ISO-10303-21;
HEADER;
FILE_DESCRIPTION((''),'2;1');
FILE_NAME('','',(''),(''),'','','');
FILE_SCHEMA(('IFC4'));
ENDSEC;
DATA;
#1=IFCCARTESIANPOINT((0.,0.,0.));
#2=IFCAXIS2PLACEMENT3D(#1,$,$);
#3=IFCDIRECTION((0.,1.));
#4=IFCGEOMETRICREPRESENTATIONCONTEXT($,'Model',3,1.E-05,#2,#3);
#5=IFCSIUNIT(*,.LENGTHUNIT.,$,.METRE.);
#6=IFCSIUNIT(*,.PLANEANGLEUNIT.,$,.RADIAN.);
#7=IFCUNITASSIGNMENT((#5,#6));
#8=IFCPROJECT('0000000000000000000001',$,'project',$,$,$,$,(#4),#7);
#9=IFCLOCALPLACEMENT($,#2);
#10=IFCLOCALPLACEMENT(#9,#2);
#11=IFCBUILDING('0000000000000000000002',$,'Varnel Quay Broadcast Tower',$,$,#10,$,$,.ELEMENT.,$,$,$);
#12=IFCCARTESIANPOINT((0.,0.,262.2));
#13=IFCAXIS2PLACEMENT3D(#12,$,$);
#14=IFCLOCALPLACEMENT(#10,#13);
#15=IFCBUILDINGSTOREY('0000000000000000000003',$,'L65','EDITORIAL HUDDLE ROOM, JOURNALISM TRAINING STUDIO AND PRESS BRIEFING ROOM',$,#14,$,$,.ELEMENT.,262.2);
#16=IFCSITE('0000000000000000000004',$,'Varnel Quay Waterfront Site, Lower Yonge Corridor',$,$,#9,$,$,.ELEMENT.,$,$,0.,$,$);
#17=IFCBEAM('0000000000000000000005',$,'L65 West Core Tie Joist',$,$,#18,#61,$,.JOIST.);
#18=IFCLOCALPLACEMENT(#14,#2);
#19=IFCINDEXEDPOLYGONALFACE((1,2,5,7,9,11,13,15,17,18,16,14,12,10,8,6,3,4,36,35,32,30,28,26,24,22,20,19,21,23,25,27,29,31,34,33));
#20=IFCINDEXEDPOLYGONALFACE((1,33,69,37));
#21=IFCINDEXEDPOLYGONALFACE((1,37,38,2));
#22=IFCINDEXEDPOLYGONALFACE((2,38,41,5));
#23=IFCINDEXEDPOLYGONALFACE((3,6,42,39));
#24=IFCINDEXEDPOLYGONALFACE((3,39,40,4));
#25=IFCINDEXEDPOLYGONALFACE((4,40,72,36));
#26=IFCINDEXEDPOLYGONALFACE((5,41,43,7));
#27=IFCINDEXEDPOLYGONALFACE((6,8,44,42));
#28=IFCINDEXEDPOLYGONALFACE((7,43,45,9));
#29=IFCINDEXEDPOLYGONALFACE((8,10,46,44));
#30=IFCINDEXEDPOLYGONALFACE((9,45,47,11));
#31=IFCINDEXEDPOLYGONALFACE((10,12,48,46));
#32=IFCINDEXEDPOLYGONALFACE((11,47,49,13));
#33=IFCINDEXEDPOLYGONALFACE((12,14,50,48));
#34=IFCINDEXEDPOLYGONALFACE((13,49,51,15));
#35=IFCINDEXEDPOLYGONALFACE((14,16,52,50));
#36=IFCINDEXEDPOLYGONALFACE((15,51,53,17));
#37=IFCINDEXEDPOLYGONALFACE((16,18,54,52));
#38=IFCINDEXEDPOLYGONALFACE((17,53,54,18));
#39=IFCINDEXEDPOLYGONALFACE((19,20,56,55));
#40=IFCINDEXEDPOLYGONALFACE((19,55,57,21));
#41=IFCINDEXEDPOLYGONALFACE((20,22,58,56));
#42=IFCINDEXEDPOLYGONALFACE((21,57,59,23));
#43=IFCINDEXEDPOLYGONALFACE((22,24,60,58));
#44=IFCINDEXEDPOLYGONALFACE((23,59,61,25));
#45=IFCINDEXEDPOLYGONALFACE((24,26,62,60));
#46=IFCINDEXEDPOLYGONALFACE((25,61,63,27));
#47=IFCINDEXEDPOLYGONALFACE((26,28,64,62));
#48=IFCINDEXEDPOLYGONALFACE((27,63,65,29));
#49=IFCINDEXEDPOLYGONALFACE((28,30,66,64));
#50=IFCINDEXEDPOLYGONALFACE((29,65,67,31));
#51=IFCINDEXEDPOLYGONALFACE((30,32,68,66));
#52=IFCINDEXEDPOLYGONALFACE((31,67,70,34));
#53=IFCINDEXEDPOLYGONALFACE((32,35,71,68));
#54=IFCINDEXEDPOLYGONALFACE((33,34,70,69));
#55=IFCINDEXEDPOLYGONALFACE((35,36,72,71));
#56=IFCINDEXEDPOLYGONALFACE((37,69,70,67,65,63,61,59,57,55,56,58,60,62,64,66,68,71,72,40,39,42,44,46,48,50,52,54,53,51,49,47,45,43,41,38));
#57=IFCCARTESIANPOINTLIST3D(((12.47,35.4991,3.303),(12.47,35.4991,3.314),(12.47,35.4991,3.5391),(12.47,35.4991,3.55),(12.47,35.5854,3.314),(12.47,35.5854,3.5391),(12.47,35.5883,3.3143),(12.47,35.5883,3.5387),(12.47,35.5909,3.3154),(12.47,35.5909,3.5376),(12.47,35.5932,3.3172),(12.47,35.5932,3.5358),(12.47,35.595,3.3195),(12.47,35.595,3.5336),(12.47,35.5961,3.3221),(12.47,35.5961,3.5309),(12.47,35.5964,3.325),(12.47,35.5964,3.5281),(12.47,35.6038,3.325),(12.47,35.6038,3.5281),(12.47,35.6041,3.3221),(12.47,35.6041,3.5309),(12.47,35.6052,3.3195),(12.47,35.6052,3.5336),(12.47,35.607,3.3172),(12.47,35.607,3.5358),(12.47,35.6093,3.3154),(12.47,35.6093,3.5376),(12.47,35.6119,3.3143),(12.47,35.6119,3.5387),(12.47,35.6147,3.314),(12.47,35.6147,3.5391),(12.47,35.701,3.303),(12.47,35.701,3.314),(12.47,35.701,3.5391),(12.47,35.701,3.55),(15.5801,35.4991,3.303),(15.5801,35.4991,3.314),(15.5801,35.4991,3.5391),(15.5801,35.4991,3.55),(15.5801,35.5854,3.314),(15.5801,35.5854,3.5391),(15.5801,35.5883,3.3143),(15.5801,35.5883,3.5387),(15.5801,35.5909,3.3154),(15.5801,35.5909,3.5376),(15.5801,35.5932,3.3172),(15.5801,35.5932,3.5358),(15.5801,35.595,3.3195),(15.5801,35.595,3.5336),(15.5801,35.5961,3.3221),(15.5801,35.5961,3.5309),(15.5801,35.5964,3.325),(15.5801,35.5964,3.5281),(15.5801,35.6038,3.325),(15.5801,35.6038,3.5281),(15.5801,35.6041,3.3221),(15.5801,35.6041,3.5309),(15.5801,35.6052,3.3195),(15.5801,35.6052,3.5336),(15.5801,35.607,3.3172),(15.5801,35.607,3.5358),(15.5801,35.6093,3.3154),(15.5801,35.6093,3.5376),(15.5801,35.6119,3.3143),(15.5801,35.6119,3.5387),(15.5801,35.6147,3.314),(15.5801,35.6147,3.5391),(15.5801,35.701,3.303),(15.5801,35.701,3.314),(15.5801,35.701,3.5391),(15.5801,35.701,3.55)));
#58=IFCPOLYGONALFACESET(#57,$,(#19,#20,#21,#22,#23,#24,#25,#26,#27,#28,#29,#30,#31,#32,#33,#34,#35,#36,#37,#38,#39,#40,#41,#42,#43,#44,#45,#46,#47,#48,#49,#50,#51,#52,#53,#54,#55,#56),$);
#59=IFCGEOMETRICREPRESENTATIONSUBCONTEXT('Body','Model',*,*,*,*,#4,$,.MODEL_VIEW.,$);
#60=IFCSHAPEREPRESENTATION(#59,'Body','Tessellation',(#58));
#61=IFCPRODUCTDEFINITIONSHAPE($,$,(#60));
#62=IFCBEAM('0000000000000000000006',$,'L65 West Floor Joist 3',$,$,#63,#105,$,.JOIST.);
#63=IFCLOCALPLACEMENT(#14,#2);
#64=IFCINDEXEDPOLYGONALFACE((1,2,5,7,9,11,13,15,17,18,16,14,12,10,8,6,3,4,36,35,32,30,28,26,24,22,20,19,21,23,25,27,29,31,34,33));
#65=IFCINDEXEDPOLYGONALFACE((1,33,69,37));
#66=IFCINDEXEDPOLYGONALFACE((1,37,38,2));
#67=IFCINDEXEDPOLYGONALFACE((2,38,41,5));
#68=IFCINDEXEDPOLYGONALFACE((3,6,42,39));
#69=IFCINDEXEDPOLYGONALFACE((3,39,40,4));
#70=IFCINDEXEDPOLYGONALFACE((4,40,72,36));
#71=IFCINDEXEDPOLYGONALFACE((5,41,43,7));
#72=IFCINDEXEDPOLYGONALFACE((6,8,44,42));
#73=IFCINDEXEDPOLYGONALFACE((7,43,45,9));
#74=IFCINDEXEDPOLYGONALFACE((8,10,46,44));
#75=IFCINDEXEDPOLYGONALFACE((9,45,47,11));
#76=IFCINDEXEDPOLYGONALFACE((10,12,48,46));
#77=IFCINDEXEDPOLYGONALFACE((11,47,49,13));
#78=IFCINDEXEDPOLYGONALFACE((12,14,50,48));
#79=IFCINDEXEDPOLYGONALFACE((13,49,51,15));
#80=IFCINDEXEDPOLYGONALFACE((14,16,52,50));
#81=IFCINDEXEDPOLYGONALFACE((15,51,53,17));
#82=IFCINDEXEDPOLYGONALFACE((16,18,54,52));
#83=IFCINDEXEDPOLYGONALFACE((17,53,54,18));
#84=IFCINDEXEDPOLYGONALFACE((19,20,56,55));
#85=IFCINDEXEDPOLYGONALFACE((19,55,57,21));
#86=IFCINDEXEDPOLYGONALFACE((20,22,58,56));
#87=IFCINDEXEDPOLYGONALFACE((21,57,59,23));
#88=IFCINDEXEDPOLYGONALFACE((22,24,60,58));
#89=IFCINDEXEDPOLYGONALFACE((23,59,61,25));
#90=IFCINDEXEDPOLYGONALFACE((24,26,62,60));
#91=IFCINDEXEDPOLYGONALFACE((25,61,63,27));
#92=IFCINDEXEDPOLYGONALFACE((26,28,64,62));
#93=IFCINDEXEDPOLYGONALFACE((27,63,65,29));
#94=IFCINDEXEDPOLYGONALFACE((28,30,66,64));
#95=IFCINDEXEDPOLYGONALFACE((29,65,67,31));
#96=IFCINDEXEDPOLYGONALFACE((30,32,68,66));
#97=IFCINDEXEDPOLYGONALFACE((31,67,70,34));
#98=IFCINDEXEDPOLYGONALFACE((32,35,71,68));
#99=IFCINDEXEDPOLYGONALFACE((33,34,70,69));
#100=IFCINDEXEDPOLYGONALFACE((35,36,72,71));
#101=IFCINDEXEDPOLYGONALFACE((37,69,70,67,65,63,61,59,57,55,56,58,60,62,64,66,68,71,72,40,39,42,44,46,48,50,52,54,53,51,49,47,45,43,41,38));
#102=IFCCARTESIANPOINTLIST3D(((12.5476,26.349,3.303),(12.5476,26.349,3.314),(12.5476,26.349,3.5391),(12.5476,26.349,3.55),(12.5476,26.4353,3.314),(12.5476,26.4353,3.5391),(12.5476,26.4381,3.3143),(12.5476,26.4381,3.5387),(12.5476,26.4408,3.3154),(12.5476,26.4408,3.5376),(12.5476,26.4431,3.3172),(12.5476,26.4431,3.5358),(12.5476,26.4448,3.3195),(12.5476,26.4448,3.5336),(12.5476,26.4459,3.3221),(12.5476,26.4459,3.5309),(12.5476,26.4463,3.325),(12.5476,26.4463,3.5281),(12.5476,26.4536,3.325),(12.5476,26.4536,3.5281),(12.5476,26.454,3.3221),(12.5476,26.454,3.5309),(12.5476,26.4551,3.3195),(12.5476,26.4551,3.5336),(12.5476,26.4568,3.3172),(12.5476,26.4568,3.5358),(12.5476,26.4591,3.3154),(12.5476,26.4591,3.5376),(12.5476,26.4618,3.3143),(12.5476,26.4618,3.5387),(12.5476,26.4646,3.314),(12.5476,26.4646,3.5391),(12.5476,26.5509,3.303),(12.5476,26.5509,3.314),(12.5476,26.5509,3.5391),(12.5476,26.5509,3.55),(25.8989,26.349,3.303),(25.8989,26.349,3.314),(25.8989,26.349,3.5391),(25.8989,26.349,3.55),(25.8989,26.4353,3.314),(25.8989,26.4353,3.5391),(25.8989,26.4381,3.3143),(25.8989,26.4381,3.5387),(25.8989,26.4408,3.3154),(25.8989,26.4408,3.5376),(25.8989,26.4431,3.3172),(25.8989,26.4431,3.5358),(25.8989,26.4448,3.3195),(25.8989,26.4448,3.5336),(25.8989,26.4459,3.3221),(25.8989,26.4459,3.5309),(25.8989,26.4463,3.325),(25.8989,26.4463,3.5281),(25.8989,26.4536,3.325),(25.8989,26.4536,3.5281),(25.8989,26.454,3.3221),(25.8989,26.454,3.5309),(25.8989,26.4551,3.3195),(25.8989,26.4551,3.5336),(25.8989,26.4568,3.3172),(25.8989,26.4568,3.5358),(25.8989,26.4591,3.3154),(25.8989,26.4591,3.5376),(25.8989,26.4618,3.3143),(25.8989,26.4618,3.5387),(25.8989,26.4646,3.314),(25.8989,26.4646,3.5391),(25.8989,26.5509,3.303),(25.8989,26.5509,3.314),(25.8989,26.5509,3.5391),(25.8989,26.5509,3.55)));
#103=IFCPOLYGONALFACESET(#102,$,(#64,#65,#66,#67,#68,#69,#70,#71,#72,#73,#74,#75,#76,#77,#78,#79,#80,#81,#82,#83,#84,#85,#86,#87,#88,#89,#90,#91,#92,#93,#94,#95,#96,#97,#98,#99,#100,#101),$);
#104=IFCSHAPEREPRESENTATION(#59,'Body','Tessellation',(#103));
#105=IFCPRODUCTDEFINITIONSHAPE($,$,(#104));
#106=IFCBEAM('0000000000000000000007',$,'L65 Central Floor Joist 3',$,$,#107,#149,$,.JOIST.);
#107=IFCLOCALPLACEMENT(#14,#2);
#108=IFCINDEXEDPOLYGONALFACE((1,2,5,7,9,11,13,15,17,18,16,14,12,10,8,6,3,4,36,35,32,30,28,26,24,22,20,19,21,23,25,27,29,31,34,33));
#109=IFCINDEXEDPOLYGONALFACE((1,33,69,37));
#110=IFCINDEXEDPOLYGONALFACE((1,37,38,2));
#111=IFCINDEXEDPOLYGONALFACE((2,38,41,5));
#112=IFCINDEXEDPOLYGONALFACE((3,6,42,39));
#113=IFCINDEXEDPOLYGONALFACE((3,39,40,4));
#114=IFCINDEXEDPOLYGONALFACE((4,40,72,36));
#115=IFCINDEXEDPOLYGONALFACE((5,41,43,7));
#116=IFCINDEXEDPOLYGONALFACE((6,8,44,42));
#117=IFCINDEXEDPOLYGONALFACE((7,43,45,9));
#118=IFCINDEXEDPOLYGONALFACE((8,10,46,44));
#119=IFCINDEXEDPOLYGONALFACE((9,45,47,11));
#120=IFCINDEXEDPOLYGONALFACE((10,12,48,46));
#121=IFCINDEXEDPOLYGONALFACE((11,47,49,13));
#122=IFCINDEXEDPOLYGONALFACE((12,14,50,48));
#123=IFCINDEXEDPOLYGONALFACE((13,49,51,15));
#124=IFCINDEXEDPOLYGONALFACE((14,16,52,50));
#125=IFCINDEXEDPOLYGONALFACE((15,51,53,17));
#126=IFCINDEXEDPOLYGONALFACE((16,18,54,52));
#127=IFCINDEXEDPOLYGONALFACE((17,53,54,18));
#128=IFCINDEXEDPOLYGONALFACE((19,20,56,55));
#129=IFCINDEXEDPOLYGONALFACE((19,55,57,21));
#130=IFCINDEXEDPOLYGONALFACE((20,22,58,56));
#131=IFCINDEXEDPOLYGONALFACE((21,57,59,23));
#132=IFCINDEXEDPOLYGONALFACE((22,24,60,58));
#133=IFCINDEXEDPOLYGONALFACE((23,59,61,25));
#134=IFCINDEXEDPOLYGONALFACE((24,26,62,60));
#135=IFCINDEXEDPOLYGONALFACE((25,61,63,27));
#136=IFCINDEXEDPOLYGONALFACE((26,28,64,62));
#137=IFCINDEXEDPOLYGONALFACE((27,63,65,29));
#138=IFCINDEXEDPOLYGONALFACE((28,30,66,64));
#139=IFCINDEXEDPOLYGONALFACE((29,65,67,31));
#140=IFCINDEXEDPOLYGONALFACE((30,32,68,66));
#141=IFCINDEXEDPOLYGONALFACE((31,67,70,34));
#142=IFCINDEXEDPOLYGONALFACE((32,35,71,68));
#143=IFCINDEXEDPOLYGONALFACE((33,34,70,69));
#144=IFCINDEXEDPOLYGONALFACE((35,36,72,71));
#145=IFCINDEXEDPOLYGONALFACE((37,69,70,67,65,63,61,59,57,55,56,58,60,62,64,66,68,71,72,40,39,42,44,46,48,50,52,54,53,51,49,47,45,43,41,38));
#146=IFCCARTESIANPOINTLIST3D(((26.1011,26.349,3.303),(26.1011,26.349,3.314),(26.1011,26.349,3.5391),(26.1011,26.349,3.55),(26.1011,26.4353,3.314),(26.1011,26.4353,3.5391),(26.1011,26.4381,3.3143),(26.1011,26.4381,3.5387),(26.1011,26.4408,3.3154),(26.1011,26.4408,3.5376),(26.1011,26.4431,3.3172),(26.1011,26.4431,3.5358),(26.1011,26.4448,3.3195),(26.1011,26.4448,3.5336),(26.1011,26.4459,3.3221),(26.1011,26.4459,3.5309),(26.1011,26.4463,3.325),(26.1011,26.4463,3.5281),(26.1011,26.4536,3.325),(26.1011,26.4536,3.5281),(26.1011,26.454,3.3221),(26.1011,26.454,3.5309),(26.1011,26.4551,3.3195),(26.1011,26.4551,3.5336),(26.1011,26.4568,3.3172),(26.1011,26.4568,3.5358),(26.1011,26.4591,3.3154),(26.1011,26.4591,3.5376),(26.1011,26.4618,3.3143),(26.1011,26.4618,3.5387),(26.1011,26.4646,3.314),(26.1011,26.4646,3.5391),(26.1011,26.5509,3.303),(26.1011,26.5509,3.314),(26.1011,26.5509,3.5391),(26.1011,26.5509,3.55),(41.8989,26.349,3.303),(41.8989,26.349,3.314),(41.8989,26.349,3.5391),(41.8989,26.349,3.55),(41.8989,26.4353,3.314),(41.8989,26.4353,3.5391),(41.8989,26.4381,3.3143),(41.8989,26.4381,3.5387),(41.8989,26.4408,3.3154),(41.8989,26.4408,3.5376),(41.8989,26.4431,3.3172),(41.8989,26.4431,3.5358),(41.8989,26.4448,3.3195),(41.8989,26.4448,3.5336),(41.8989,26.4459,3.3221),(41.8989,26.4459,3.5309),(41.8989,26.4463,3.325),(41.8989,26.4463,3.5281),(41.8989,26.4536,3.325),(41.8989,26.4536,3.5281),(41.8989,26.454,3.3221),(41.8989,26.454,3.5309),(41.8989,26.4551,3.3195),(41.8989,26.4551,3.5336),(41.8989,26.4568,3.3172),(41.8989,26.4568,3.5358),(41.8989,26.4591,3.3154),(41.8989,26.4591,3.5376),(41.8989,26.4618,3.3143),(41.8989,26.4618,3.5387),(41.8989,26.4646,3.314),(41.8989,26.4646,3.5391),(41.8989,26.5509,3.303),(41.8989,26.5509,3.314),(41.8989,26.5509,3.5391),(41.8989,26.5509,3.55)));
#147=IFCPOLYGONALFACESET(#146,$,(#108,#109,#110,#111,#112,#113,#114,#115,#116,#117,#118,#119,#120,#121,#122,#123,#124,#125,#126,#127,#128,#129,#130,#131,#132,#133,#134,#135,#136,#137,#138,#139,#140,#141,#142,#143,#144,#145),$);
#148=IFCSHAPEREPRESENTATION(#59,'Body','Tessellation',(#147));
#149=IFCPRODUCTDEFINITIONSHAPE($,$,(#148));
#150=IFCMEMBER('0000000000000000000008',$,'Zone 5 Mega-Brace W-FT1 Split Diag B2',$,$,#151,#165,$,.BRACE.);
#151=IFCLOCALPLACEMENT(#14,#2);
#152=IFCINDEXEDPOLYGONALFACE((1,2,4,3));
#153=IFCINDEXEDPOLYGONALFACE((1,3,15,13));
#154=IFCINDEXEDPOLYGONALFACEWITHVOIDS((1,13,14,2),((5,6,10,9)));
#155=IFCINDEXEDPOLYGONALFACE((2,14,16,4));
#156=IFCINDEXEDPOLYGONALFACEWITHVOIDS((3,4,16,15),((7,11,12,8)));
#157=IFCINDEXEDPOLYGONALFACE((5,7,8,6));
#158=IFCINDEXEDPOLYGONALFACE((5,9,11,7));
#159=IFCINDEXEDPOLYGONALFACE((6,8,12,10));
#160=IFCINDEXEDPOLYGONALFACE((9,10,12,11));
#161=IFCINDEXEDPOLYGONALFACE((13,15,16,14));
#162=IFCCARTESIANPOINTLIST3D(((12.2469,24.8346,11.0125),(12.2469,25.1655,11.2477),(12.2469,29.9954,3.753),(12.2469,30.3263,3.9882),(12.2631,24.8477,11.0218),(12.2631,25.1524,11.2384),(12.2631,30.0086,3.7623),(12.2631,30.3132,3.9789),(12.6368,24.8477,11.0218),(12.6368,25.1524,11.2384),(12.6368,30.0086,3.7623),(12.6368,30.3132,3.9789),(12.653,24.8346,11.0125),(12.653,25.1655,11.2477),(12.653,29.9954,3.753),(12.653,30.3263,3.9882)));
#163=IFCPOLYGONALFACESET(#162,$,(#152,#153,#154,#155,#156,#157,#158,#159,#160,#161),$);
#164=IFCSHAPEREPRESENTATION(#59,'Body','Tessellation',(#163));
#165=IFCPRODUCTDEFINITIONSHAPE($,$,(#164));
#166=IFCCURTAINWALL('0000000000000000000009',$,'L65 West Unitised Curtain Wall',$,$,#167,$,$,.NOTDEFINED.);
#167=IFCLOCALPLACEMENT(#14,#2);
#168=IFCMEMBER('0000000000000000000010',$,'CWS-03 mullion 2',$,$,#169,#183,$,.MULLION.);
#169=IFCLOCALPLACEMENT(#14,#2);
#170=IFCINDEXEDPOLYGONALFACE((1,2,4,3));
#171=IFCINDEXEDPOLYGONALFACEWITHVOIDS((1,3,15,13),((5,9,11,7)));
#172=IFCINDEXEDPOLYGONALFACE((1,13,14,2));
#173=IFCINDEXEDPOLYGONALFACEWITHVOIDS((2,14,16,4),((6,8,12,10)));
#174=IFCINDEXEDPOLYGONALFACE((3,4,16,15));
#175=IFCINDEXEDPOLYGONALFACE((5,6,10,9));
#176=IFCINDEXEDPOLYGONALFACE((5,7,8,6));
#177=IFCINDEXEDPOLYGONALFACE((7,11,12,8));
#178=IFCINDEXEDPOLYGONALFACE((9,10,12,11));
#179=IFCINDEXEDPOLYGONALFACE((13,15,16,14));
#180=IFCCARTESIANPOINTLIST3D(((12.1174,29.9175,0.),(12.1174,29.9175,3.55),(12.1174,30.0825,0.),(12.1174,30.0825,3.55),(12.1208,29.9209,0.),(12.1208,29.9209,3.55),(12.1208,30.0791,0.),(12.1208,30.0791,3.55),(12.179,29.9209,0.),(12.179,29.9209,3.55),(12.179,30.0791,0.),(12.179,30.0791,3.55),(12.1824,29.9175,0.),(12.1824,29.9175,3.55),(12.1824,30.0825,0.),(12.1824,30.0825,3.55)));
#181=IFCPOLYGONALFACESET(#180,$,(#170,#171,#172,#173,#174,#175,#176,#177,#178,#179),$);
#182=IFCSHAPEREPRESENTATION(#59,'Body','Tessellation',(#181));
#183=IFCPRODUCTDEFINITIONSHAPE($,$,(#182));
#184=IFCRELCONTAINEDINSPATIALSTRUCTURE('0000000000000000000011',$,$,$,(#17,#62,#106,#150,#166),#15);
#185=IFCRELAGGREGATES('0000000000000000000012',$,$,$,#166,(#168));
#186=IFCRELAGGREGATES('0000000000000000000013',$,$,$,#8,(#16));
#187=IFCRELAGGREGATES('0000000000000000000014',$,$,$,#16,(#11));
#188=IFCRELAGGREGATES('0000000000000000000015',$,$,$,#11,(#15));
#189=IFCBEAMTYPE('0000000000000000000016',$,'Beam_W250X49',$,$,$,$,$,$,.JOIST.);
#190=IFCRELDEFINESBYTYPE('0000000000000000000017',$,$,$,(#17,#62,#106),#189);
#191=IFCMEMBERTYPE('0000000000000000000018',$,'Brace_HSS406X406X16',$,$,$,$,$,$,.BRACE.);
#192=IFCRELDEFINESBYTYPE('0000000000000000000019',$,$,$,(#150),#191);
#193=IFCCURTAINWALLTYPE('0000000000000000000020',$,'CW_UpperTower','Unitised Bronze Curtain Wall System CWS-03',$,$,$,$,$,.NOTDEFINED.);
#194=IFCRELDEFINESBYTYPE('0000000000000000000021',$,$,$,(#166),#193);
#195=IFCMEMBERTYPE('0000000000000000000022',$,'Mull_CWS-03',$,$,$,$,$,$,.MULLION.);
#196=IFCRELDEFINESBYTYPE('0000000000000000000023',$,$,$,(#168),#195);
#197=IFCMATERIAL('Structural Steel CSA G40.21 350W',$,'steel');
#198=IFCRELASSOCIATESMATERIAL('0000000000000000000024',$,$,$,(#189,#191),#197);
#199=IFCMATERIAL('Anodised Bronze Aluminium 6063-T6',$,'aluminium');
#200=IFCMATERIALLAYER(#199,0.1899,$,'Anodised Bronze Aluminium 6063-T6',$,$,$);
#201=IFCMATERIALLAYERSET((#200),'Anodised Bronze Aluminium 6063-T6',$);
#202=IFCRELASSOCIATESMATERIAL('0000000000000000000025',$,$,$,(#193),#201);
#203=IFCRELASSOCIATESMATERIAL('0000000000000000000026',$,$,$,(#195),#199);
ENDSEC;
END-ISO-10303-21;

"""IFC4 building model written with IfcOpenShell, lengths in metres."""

from ifc_helpers import new_model, si_unit, direction, frame, origin, origin_2d, place, context, subcontext, project, spatial, hollow_rectangle, i_section, extrude, source, transform, mapped, material, layer, layer_set, material_profile, profile_set, type_object, type_shapes, element, aggregate, save


model = new_model("IFC4")

# Units and contexts
model_context = context("Model", 3, precision=1e-05, world=origin(), true_north=direction((0.0, 1.0)))
body_context = subcontext(model_context, "Body", "Model", "MODEL_VIEW")
ifc_project = project(units=[si_unit("LENGTHUNIT", "METRE"), si_unit("PLANEANGLEUNIT", "RADIAN")], contexts=[model_context])

# Site, building, storey
site_placement = place(None, origin())
site = spatial("IfcSite", under=ifc_project, at=site_placement, Name="Varnel Quay Waterfront Site, Lower Yonge Corridor", CompositionType="ELEMENT", RefElevation=0.0)
building_placement = place(site_placement, origin())
building = spatial("IfcBuilding", under=site, at=building_placement, Name="Varnel Quay Broadcast Tower", CompositionType="ELEMENT")
storey_placement = place(building_placement, frame((0.0, 0.0, 262.2)))
storey = spatial("IfcBuildingStorey", under=building, at=storey_placement, Name="L65", Description="EDITORIAL HUDDLE ROOM, JOURNALISM TRAINING STUDIO AND PRESS BRIEFING ROOM", CompositionType="ELEMENT", Elevation=262.2)

# Shared definitions
ifc_material_1 = material(Name="Structural Steel CSA G40.21 350W", Category="steel")

# Beams
ifc_material_profile_1 = material_profile(ifc_material_1, i_section(OverallWidth=0.2019, OverallDepth=0.2471, WebThickness=0.0073, FlangeThickness=0.011, FilletRadius=0.011, at=origin_2d()), Name="W250X49")
ifc_profile_set_1 = profile_set([ifc_material_profile_1], Name="Structural Steel CSA G40.21 350W")
beam_type_1 = type_object("IfcBeamType", Name="Beam_W250X49", PredefinedType="JOIST", material=ifc_profile_set_1)
shared_shape_1 = source(origin(), body_context, "Body", "SweptSolid", [
    extrude(i_section(OverallWidth=0.2019, OverallDepth=0.2471, WebThickness=0.0073, FlangeThickness=0.011, FilletRadius=0.011, at=origin_2d()), origin(), (0.0, 0.0, 1.0), 3.1101),
])
beam_1_placement = place(storey_placement, frame((12.47, 35.6001, 3.4265), z_axis=(1.0, 0.0, 0.0), x_axis=(0.0, 1.0, 0.0)))
element("IfcBeam", 1, at=beam_1_placement, inside=storey, type_object=beam_type_1, Name="L65 West Core Tie Joist", PredefinedType="JOIST", context=body_context, shape_type="MappedRepresentation", body=[
    mapped(shared_shape_1, transform((0.0, 0.0, 0.0), x_axis=(1.0, 0.0, 0.0), y_axis=(0.0, 1.0, 0.0), z_axis=(0.0, 0.0, 1.0), scale=1.0)),
])
shared_shape_2 = source(origin(), body_context, "Body", "SweptSolid", [
    extrude(i_section(OverallWidth=0.2019, OverallDepth=0.2471, WebThickness=0.0073, FlangeThickness=0.011, FilletRadius=0.011, at=origin_2d()), origin(), (0.0, 0.0, 1.0), 13.3513),
])
beam_2_placement = place(storey_placement, frame((12.5476, 26.45, 3.4265), z_axis=(1.0, 0.0, 0.0), x_axis=(0.0, 1.0, 0.0)))
element("IfcBeam", 2, at=beam_2_placement, inside=storey, type_object=beam_type_1, Name="L65 West Floor Joist 3", PredefinedType="JOIST", context=body_context, shape_type="MappedRepresentation", body=[
    mapped(shared_shape_2, transform((0.0, 0.0, 0.0), x_axis=(1.0, 0.0, 0.0), y_axis=(0.0, 1.0, 0.0), z_axis=(0.0, 0.0, 1.0), scale=1.0)),
])
shared_shape_3 = source(origin(), body_context, "Body", "SweptSolid", [
    extrude(i_section(OverallWidth=0.2019, OverallDepth=0.2471, WebThickness=0.0073, FlangeThickness=0.011, FilletRadius=0.011, at=origin_2d()), origin(), (0.0, 0.0, 1.0), 15.7979),
])
type_shapes(beam_type_1, [shared_shape_1, shared_shape_2, shared_shape_3])
beam_3_placement = place(storey_placement, frame((26.1011, 26.45, 3.4265), z_axis=(1.0, 0.0, 0.0), x_axis=(0.0, 1.0, 0.0)))
element("IfcBeam", 3, at=beam_3_placement, inside=storey, type_object=beam_type_1, Name="L65 Central Floor Joist 3", PredefinedType="JOIST", context=body_context, shape_type="MappedRepresentation", body=[
    mapped(shared_shape_3, transform((0.0, 0.0, 0.0), x_axis=(1.0, 0.0, 0.0), y_axis=(0.0, 1.0, 0.0), z_axis=(0.0, 0.0, 1.0), scale=1.0)),
])

# Member
ifc_material_profile_2 = material_profile(ifc_material_1, hollow_rectangle(XDim=0.406, YDim=0.406, WallThickness=0.0161, at=origin_2d()), Name="HSS406X406X16")
ifc_profile_set_2 = profile_set([ifc_material_profile_2], Name="Structural Steel CSA G40.21 350W")
member_type_1 = type_object("IfcMemberType", Name="Brace_HSS406X406X16", PredefinedType="BRACE", material=ifc_profile_set_2)
shared_shape_4 = source(origin(), body_context, "Body", "SweptSolid", [
    extrude(hollow_rectangle(XDim=0.406, YDim=0.406, WallThickness=0.0161, at=origin_2d()), origin(), (0.0, 0.0, 1.0), 8.907),
])
type_shapes(member_type_1, [shared_shape_4])
member_1_placement = place(storey_placement, frame((12.45, 30.1609, 3.8706), z_axis=(0.0, -0.579417, 0.815032), x_axis=(1.0, 0.0, 0.0)))
element("IfcMember", 4, at=member_1_placement, inside=storey, type_object=member_type_1, Name="Zone 5 Mega-Brace W-FT1 Split Diag B2", PredefinedType="BRACE", context=body_context, shape_type="MappedRepresentation", body=[
    mapped(shared_shape_4, transform((0.0, 0.0, 0.0), x_axis=(1.0, 0.0, 0.0), y_axis=(0.0, 1.0, 0.0), z_axis=(0.0, 0.0, 1.0), scale=1.0)),
])

# Curtain wall, member
ifc_material_2 = material(Name="Anodised Bronze Aluminium 6063-T6", Category="aluminium")
ifc_layer_1 = layer(ifc_material_2, 0.1899, Name="Anodised Bronze Aluminium 6063-T6")
ifc_layer_set_1 = layer_set([ifc_layer_1], Name="Anodised Bronze Aluminium 6063-T6")
curtain_wall_type = type_object("IfcCurtainWallType", Name="CW_UpperTower", Description="Unitised Bronze Curtain Wall System CWS-03", PredefinedType="NOTDEFINED", material=ifc_layer_set_1)
curtain_wall_placement = place(storey_placement, origin())
curtain_wall = element("IfcCurtainWall", 5, at=curtain_wall_placement, inside=storey, type_object=curtain_wall_type, Name="L65 West Unitised Curtain Wall", PredefinedType="NOTDEFINED")
ifc_material_profile_3 = material_profile(ifc_material_2, hollow_rectangle(XDim=0.0649, YDim=0.165, WallThickness=0.0034, at=origin_2d()), Name="ALU65X165X3.5")
ifc_profile_set_3 = profile_set([ifc_material_profile_3], Name="Anodised Bronze Aluminium 6063-T6")
member_type_2 = type_object("IfcMemberType", Name="Mull_CWS-03", PredefinedType="MULLION", material=ifc_profile_set_3)
shared_shape_5 = source(origin(), body_context, "Body", "SweptSolid", [
    extrude(hollow_rectangle(XDim=0.0649, YDim=0.165, WallThickness=0.0034, at=origin_2d()), origin(), (0.0, 0.0, 1.0), 3.55),
])
type_shapes(member_type_2, [shared_shape_5])
member_2_placement = place(storey_placement, frame((12.1499, 30.0, 0.0), z_axis=(0.0, 0.0, 1.0), x_axis=(-1.0, 0.0, 0.0)))
member_2 = element("IfcMember", 6, at=member_2_placement, type_object=member_type_2, Name="CWS-03 mullion 2", PredefinedType="MULLION", context=body_context, shape_type="MappedRepresentation", body=[
    mapped(shared_shape_5, transform((0.0, 0.0, 0.0), x_axis=(1.0, 0.0, 0.0), y_axis=(0.0, 1.0, 0.0), z_axis=(0.0, 0.0, 1.0), scale=1.0)),
])
aggregate(curtain_wall, [member_2])

save(model, "model.ifc")
